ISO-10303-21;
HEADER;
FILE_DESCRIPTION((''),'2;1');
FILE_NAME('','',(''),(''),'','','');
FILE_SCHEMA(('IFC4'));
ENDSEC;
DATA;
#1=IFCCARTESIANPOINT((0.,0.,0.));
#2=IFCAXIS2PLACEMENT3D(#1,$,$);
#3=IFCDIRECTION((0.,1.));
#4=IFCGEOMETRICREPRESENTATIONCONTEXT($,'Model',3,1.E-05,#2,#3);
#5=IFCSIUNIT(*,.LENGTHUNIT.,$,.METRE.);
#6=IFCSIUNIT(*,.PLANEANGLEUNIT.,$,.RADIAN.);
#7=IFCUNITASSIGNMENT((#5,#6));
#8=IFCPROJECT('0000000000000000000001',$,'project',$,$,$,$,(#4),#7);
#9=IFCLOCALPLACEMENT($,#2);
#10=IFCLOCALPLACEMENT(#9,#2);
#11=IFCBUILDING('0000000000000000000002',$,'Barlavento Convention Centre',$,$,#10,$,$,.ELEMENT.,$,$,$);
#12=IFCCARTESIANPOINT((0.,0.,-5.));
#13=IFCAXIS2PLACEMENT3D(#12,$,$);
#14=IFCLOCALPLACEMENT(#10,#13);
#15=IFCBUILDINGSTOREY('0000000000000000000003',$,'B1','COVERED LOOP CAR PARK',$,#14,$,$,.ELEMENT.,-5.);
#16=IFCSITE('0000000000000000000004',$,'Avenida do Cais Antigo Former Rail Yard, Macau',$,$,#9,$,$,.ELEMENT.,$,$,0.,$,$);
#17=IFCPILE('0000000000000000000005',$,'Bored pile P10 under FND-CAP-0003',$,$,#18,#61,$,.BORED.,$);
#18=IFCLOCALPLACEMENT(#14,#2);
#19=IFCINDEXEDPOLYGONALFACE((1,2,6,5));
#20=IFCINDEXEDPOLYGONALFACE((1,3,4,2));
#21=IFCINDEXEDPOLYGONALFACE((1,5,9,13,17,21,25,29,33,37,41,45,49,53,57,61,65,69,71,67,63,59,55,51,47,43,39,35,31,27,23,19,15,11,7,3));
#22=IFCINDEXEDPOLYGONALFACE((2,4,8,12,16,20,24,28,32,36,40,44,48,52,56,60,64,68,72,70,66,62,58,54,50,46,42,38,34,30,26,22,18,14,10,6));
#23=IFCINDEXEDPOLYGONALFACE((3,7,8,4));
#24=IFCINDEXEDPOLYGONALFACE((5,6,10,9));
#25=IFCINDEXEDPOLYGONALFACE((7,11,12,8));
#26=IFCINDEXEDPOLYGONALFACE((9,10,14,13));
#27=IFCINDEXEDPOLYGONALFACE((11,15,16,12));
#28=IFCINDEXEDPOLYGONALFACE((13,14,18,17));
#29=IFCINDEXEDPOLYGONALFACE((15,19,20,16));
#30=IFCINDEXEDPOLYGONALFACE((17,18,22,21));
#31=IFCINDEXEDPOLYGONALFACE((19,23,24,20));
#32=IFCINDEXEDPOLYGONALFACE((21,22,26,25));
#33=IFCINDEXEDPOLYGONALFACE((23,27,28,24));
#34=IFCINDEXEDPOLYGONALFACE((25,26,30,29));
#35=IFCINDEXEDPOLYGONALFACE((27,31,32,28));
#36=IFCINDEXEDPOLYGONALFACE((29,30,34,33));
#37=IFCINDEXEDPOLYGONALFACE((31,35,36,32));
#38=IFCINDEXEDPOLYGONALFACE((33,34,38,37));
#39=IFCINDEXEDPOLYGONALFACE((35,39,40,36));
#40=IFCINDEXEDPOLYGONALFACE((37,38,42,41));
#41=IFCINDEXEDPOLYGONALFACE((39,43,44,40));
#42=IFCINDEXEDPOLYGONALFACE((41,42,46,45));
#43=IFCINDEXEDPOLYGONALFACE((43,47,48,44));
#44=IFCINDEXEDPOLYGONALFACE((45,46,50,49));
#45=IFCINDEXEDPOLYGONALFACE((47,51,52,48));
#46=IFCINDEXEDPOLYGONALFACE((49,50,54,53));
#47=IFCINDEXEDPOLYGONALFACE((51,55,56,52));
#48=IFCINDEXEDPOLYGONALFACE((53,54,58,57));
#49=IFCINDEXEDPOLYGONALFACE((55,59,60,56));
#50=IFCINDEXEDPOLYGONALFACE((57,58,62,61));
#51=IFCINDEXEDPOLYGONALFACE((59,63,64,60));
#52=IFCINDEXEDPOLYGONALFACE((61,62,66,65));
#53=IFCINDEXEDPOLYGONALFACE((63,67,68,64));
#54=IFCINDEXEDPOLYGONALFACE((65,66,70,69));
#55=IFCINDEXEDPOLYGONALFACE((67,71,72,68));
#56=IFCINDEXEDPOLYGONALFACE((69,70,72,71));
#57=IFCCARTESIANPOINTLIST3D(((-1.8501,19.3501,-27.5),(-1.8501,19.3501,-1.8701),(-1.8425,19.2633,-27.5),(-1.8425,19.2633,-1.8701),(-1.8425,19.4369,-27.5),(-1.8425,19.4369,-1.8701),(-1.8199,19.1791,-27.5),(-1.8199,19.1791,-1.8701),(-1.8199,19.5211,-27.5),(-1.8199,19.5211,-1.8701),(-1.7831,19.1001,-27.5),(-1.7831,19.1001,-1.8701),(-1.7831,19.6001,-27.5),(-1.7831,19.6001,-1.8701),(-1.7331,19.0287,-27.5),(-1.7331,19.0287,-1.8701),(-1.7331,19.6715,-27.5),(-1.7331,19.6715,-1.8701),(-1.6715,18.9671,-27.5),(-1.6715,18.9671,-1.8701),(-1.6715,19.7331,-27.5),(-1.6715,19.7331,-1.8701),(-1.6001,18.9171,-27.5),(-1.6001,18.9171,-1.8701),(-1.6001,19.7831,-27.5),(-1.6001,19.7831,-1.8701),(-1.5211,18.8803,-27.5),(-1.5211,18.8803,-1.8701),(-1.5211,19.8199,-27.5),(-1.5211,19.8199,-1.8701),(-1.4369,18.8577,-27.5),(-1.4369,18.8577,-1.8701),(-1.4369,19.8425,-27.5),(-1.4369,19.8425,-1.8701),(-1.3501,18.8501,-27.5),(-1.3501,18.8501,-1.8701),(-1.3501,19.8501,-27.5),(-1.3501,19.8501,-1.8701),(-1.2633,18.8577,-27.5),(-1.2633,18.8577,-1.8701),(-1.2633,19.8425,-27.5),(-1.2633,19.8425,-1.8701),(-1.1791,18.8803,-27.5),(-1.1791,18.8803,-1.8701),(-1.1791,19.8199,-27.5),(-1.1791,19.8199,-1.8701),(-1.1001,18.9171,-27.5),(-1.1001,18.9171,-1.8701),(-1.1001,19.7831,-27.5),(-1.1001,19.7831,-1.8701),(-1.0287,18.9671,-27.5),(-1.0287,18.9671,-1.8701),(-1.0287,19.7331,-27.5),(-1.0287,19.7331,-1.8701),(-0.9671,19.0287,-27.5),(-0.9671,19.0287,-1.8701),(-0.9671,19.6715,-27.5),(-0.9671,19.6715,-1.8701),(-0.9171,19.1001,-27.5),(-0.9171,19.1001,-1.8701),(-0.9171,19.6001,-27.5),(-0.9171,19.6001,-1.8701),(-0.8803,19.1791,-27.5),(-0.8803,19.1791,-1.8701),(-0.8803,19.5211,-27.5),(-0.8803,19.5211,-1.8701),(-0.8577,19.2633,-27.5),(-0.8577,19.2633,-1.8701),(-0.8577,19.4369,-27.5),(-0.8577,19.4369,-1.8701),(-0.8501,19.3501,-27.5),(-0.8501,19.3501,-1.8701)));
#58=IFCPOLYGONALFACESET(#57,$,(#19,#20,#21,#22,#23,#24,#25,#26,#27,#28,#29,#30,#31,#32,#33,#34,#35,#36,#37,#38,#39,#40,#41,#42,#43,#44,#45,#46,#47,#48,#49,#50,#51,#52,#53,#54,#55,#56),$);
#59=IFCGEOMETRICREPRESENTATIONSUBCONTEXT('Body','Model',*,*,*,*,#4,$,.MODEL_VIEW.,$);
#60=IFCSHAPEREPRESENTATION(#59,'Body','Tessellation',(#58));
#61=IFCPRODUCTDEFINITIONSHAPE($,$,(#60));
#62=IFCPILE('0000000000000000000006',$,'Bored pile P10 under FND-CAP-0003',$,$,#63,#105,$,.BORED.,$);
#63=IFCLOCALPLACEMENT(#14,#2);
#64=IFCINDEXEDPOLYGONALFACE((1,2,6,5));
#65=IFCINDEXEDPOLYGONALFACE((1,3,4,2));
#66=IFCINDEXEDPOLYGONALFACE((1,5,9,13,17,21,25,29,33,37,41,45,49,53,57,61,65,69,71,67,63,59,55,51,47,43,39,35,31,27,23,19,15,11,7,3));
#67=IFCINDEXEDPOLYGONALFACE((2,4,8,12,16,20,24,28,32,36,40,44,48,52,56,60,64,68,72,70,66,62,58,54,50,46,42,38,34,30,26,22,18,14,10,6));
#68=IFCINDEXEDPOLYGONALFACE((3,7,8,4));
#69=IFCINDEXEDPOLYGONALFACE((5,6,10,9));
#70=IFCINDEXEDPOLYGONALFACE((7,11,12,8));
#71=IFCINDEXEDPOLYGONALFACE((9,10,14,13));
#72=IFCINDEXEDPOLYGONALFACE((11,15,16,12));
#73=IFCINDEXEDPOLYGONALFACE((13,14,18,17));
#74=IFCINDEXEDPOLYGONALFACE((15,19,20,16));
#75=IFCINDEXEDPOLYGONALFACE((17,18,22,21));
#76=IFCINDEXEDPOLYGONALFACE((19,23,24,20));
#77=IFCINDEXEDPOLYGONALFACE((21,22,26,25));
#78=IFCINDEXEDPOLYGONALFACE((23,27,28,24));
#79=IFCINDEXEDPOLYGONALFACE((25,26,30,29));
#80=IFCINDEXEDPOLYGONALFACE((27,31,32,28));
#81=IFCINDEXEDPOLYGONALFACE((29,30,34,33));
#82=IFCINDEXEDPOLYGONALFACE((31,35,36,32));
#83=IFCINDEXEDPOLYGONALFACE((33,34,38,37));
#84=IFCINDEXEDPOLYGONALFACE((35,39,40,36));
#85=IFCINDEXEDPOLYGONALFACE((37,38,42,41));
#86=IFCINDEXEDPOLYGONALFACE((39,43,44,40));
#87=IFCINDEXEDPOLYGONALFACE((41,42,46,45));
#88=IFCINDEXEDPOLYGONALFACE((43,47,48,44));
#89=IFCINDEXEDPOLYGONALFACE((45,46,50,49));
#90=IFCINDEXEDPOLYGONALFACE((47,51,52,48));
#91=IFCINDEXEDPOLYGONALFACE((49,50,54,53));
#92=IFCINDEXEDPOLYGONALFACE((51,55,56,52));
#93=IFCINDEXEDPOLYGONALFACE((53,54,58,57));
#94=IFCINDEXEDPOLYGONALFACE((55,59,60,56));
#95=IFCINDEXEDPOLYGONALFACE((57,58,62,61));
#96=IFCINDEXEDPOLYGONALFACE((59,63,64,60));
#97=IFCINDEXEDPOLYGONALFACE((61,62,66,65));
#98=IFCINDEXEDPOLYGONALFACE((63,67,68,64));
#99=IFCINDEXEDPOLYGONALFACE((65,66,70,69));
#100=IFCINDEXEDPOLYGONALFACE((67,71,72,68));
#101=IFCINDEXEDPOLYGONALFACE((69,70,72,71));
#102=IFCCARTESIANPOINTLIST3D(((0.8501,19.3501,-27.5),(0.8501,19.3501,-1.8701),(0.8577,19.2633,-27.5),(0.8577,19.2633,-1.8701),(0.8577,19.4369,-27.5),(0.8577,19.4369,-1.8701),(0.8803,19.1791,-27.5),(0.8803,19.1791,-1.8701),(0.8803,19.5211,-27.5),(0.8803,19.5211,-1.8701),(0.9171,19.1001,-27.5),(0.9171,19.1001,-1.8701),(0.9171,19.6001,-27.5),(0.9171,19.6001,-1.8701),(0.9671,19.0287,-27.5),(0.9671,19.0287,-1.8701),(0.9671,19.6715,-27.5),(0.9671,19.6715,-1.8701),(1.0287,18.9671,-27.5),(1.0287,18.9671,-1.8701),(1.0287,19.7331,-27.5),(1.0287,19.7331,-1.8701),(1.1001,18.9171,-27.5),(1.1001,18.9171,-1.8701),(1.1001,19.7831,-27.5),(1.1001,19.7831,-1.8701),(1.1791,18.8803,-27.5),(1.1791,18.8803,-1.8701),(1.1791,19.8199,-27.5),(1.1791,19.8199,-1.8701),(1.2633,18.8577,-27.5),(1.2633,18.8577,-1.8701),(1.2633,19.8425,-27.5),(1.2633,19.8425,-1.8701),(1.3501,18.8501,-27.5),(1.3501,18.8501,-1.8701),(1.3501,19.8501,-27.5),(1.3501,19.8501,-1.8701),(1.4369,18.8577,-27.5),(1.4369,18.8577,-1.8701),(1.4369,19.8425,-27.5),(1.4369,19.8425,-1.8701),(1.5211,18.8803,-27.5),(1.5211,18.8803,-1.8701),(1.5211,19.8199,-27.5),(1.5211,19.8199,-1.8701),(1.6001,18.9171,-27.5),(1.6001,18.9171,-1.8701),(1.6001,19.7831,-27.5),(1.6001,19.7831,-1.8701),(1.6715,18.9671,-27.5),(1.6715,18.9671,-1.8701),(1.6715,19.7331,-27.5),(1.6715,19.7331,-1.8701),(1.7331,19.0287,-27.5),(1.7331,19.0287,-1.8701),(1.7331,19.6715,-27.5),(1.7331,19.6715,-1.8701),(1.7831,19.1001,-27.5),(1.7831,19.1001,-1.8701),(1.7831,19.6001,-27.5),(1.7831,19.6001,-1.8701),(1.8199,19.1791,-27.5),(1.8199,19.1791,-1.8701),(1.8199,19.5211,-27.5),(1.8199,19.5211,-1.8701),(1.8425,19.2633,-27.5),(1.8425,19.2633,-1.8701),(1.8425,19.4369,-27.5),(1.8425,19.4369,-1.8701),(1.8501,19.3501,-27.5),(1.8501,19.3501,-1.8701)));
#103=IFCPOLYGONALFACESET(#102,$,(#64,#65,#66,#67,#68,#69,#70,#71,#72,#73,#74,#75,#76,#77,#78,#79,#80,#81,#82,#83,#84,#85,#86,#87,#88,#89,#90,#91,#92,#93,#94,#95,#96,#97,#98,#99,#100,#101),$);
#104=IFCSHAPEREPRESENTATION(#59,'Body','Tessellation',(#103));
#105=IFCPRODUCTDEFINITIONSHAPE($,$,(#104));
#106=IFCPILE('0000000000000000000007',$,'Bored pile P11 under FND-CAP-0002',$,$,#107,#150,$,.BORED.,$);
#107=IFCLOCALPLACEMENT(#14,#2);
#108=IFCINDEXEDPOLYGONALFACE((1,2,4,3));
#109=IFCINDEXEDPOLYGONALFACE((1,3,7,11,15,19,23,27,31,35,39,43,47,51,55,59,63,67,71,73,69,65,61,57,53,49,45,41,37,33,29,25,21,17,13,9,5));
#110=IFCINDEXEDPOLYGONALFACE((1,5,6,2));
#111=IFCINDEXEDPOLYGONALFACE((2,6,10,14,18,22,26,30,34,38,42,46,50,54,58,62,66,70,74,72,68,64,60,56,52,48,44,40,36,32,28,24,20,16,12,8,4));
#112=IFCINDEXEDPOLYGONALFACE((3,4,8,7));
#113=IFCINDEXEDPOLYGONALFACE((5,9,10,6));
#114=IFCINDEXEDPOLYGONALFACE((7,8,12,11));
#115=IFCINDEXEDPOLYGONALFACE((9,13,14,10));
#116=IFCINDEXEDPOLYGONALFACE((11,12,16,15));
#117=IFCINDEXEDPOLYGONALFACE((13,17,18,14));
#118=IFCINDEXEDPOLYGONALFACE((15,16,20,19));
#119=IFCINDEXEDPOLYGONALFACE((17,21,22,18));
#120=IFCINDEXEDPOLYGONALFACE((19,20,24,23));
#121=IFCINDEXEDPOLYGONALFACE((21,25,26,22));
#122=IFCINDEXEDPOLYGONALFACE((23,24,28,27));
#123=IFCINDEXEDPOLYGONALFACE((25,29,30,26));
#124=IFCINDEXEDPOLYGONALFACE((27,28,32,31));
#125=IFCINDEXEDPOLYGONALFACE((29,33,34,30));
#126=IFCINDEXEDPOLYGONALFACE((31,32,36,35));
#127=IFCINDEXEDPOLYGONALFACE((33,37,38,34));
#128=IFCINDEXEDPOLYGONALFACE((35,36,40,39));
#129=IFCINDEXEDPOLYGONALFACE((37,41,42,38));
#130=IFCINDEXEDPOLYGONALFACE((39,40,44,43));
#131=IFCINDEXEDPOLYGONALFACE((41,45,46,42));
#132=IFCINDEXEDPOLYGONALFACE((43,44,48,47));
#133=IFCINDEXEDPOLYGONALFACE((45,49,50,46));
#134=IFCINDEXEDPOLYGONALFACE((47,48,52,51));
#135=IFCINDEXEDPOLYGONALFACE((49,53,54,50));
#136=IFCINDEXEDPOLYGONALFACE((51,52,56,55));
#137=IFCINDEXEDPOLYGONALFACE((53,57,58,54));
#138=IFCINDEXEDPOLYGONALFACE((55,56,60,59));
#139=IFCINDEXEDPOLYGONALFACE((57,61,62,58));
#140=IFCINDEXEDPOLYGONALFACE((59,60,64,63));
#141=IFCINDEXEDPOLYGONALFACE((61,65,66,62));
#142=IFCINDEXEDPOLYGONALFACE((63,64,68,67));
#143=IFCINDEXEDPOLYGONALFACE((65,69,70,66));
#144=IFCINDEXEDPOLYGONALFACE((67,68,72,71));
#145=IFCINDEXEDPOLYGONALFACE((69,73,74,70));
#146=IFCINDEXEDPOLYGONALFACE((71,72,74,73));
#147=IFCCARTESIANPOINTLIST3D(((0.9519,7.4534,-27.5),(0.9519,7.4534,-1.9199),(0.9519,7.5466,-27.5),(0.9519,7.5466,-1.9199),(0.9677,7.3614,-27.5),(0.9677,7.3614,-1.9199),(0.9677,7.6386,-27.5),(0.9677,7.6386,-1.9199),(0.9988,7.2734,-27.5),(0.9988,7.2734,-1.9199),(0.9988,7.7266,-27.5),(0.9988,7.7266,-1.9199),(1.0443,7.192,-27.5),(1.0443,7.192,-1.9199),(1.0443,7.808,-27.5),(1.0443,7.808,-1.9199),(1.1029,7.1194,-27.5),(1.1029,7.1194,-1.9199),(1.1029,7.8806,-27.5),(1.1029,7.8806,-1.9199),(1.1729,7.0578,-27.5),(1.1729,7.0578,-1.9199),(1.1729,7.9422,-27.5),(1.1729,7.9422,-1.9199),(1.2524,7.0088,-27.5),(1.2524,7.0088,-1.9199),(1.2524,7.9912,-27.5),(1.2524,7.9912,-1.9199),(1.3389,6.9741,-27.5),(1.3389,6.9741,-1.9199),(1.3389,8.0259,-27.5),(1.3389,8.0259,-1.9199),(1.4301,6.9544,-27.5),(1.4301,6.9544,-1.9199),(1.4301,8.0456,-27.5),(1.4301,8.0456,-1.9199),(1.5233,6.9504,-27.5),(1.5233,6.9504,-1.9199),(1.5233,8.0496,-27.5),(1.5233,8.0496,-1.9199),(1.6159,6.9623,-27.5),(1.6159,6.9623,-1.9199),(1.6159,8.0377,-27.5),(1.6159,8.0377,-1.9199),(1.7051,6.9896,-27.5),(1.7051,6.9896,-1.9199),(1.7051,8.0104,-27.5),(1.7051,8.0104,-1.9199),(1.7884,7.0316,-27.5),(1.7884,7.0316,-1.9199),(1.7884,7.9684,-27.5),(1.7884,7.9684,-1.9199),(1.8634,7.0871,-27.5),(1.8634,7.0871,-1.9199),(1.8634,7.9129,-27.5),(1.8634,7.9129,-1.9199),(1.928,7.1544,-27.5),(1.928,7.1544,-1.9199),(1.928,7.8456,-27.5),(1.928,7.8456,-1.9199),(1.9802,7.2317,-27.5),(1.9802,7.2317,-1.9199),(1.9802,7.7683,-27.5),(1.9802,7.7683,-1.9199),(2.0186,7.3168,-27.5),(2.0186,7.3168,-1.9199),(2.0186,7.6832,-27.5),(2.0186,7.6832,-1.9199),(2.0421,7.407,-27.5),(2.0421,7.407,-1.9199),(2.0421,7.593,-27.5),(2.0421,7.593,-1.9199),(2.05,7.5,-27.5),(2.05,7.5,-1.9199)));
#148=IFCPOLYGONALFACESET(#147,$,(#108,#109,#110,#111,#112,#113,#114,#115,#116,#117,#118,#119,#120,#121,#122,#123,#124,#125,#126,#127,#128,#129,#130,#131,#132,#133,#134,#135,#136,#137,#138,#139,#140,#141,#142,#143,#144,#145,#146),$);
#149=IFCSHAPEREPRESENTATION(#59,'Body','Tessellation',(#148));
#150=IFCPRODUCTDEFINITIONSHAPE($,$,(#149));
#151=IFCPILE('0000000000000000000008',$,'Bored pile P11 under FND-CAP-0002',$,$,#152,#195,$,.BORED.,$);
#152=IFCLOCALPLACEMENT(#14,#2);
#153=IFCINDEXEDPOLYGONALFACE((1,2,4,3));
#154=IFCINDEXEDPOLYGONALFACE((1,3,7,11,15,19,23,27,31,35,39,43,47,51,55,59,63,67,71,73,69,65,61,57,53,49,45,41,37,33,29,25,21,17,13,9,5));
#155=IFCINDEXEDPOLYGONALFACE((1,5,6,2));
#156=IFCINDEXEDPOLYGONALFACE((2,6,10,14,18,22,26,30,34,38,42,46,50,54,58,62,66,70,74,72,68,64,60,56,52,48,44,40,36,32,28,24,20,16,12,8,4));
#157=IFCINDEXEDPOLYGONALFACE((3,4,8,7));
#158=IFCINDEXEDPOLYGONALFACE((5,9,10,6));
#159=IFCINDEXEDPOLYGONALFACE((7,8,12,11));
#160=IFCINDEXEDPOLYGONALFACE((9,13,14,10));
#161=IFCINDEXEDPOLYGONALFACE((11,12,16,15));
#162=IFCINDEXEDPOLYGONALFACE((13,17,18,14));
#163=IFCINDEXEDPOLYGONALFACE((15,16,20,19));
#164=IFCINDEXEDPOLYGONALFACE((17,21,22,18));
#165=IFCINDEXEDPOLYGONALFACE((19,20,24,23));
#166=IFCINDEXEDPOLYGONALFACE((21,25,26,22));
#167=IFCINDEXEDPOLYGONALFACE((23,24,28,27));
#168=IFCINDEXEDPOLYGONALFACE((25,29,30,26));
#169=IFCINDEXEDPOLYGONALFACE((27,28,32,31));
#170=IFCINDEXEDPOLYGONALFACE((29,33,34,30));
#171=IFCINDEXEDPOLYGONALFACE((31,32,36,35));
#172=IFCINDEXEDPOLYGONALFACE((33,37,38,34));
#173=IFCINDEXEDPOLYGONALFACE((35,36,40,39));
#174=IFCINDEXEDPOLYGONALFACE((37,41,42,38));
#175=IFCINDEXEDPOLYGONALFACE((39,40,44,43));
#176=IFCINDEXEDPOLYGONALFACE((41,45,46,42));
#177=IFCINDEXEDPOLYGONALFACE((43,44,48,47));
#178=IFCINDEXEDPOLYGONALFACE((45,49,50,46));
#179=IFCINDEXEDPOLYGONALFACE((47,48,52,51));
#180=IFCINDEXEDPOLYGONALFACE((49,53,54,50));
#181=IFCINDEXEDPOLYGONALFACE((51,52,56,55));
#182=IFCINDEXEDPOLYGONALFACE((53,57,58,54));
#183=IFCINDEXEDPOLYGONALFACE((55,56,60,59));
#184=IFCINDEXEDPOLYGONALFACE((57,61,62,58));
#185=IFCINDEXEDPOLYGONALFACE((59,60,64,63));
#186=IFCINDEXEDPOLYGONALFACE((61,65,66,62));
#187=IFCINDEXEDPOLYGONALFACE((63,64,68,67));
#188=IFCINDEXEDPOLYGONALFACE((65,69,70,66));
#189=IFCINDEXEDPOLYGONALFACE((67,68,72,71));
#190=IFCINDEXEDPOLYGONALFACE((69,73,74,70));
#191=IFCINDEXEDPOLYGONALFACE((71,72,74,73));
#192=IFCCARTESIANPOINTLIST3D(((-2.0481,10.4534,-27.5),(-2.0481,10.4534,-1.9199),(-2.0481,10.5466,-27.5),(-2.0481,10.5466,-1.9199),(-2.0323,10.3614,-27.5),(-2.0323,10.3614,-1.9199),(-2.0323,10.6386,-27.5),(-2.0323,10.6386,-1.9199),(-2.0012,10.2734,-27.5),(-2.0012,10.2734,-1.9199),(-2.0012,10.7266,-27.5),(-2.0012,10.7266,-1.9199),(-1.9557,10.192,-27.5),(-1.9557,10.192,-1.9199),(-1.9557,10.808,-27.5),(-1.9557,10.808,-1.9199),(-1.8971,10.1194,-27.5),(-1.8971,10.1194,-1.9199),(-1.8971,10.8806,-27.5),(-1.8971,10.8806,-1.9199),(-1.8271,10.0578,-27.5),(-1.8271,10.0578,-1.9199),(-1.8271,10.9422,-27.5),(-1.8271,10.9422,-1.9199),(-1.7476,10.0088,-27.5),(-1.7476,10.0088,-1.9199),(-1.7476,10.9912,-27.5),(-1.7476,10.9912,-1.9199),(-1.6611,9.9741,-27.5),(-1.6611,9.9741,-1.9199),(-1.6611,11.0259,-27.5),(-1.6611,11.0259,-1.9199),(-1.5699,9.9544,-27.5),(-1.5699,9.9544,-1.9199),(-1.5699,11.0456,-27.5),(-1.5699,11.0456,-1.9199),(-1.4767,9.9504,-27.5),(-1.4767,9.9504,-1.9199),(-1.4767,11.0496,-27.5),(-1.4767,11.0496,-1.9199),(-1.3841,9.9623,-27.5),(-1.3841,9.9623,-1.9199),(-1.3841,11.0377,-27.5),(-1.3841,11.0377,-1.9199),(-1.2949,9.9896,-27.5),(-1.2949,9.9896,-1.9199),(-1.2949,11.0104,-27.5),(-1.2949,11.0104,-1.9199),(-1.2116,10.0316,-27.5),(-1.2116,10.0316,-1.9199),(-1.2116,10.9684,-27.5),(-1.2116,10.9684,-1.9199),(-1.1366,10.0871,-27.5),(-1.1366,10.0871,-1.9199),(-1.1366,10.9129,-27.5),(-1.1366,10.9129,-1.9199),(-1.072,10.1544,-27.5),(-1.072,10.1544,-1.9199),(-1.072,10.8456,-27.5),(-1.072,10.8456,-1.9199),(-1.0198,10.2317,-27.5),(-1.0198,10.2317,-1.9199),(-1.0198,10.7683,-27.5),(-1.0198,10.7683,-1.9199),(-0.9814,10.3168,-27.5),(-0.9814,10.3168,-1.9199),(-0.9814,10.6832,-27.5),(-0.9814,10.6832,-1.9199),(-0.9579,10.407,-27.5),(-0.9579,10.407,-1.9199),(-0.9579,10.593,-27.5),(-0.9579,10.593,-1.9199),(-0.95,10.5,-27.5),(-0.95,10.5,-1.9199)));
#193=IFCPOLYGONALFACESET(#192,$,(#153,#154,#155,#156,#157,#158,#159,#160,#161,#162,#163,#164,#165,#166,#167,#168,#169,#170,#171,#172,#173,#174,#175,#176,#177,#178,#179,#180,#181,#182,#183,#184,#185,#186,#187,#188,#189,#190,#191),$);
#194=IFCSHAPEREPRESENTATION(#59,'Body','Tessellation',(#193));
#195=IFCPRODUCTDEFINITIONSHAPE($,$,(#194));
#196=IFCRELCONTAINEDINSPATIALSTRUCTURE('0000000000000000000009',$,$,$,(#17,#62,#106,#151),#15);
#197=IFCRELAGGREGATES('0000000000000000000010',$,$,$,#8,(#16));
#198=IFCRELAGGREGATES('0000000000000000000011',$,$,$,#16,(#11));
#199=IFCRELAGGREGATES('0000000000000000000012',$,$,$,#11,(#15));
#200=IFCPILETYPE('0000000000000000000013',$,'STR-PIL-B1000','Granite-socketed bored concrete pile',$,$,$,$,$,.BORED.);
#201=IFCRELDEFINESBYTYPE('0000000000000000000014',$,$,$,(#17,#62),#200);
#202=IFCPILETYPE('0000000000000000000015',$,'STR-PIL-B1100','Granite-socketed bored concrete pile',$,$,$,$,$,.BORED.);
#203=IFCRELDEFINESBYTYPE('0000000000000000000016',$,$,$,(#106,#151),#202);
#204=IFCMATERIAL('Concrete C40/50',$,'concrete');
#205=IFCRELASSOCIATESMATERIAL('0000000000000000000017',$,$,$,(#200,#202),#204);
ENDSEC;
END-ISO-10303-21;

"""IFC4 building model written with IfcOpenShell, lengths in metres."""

from ifc_helpers import new_model, si_unit, direction, frame, origin, origin_2d, place, context, subcontext, project, spatial, circle, extrude, material, material_profile, profile_set, type_object, element, save


model = new_model("IFC4")

# Units and contexts
model_context = context("Model", 3, precision=1e-05, world=origin(), true_north=direction((0.0, 1.0)))
body_context = subcontext(model_context, "Body", "Model", "MODEL_VIEW")
ifc_project = project(units=[si_unit("LENGTHUNIT", "METRE"), si_unit("PLANEANGLEUNIT", "RADIAN")], contexts=[model_context])

# Site, building, storey
site_placement = place(None, origin())
site = spatial("IfcSite", under=ifc_project, at=site_placement, Name="Avenida do Cais Antigo Former Rail Yard, Macau", CompositionType="ELEMENT", RefElevation=0.0)
building_placement = place(site_placement, origin())
building = spatial("IfcBuilding", under=site, at=building_placement, Name="Barlavento Convention Centre", CompositionType="ELEMENT")
storey_placement = place(building_placement, frame((0.0, 0.0, -5.0)))
storey = spatial("IfcBuildingStorey", under=building, at=storey_placement, Name="B1", Description="COVERED LOOP CAR PARK", CompositionType="ELEMENT", Elevation=-5.0)

# Shared definitions
ifc_material_1 = material(Name="Concrete C40/50", Category="concrete")

# Piles
ifc_material_profile_1 = material_profile(ifc_material_1, circle(Radius=0.5, at=origin_2d()), Name="BORED PILE 1000")
ifc_profile_set_1 = profile_set([ifc_material_profile_1], Name="Concrete C40/50")
pile_type_1 = type_object("IfcPileType", Name="STR-PIL-B1000", Description="Granite-socketed bored concrete pile", PredefinedType="BORED", material=ifc_profile_set_1)
for number, where, z_axis, x_axis, name in (
    (1, (-1.3501, 19.3501, -1.8701), (0.0, 0.0, -1.0), (1.0, 0.0, 0.0), "Bored pile P10 under FND-CAP-0003"),
    (2, (1.3501, 19.3501, -1.8701), (0.0, 0.0, -1.0), (1.0, 0.0, 0.0), "Bored pile P10 under FND-CAP-0003"),
):
    element("IfcPile", number, at=place(storey_placement, frame(where, z_axis=z_axis, x_axis=x_axis)), inside=storey, type_object=pile_type_1, Name=name, PredefinedType="BORED", context=body_context, shape_type="SweptSolid", body=[
        extrude(circle(Radius=0.5, at=origin_2d()), origin(), (0.0, 0.0, 1.0), 25.6299),
    ])
ifc_material_profile_2 = material_profile(ifc_material_1, circle(Radius=0.55, at=origin_2d()), Name="BORED PILE 1100")
ifc_profile_set_2 = profile_set([ifc_material_profile_2], Name="Concrete C40/50")
pile_type_2 = type_object("IfcPileType", Name="STR-PIL-B1100", Description="Granite-socketed bored concrete pile", PredefinedType="BORED", material=ifc_profile_set_2)
for number, where, z_axis, x_axis, name in (
    (3, (1.5, 7.5, -1.9199), (0.0, 0.0, -1.0), (1.0, 0.0, 0.0), "Bored pile P11 under FND-CAP-0002"),
    (4, (-1.5, 10.5, -1.9199), (0.0, 0.0, -1.0), (1.0, 0.0, 0.0), "Bored pile P11 under FND-CAP-0002"),
):
    element("IfcPile", number, at=place(storey_placement, frame(where, z_axis=z_axis, x_axis=x_axis)), inside=storey, type_object=pile_type_2, Name=name, PredefinedType="BORED", context=body_context, shape_type="SweptSolid", body=[
        extrude(circle(Radius=0.55, at=origin_2d()), origin(), (0.0, 0.0, 1.0), 25.5801),
    ])

save(model, "model.ifc")
